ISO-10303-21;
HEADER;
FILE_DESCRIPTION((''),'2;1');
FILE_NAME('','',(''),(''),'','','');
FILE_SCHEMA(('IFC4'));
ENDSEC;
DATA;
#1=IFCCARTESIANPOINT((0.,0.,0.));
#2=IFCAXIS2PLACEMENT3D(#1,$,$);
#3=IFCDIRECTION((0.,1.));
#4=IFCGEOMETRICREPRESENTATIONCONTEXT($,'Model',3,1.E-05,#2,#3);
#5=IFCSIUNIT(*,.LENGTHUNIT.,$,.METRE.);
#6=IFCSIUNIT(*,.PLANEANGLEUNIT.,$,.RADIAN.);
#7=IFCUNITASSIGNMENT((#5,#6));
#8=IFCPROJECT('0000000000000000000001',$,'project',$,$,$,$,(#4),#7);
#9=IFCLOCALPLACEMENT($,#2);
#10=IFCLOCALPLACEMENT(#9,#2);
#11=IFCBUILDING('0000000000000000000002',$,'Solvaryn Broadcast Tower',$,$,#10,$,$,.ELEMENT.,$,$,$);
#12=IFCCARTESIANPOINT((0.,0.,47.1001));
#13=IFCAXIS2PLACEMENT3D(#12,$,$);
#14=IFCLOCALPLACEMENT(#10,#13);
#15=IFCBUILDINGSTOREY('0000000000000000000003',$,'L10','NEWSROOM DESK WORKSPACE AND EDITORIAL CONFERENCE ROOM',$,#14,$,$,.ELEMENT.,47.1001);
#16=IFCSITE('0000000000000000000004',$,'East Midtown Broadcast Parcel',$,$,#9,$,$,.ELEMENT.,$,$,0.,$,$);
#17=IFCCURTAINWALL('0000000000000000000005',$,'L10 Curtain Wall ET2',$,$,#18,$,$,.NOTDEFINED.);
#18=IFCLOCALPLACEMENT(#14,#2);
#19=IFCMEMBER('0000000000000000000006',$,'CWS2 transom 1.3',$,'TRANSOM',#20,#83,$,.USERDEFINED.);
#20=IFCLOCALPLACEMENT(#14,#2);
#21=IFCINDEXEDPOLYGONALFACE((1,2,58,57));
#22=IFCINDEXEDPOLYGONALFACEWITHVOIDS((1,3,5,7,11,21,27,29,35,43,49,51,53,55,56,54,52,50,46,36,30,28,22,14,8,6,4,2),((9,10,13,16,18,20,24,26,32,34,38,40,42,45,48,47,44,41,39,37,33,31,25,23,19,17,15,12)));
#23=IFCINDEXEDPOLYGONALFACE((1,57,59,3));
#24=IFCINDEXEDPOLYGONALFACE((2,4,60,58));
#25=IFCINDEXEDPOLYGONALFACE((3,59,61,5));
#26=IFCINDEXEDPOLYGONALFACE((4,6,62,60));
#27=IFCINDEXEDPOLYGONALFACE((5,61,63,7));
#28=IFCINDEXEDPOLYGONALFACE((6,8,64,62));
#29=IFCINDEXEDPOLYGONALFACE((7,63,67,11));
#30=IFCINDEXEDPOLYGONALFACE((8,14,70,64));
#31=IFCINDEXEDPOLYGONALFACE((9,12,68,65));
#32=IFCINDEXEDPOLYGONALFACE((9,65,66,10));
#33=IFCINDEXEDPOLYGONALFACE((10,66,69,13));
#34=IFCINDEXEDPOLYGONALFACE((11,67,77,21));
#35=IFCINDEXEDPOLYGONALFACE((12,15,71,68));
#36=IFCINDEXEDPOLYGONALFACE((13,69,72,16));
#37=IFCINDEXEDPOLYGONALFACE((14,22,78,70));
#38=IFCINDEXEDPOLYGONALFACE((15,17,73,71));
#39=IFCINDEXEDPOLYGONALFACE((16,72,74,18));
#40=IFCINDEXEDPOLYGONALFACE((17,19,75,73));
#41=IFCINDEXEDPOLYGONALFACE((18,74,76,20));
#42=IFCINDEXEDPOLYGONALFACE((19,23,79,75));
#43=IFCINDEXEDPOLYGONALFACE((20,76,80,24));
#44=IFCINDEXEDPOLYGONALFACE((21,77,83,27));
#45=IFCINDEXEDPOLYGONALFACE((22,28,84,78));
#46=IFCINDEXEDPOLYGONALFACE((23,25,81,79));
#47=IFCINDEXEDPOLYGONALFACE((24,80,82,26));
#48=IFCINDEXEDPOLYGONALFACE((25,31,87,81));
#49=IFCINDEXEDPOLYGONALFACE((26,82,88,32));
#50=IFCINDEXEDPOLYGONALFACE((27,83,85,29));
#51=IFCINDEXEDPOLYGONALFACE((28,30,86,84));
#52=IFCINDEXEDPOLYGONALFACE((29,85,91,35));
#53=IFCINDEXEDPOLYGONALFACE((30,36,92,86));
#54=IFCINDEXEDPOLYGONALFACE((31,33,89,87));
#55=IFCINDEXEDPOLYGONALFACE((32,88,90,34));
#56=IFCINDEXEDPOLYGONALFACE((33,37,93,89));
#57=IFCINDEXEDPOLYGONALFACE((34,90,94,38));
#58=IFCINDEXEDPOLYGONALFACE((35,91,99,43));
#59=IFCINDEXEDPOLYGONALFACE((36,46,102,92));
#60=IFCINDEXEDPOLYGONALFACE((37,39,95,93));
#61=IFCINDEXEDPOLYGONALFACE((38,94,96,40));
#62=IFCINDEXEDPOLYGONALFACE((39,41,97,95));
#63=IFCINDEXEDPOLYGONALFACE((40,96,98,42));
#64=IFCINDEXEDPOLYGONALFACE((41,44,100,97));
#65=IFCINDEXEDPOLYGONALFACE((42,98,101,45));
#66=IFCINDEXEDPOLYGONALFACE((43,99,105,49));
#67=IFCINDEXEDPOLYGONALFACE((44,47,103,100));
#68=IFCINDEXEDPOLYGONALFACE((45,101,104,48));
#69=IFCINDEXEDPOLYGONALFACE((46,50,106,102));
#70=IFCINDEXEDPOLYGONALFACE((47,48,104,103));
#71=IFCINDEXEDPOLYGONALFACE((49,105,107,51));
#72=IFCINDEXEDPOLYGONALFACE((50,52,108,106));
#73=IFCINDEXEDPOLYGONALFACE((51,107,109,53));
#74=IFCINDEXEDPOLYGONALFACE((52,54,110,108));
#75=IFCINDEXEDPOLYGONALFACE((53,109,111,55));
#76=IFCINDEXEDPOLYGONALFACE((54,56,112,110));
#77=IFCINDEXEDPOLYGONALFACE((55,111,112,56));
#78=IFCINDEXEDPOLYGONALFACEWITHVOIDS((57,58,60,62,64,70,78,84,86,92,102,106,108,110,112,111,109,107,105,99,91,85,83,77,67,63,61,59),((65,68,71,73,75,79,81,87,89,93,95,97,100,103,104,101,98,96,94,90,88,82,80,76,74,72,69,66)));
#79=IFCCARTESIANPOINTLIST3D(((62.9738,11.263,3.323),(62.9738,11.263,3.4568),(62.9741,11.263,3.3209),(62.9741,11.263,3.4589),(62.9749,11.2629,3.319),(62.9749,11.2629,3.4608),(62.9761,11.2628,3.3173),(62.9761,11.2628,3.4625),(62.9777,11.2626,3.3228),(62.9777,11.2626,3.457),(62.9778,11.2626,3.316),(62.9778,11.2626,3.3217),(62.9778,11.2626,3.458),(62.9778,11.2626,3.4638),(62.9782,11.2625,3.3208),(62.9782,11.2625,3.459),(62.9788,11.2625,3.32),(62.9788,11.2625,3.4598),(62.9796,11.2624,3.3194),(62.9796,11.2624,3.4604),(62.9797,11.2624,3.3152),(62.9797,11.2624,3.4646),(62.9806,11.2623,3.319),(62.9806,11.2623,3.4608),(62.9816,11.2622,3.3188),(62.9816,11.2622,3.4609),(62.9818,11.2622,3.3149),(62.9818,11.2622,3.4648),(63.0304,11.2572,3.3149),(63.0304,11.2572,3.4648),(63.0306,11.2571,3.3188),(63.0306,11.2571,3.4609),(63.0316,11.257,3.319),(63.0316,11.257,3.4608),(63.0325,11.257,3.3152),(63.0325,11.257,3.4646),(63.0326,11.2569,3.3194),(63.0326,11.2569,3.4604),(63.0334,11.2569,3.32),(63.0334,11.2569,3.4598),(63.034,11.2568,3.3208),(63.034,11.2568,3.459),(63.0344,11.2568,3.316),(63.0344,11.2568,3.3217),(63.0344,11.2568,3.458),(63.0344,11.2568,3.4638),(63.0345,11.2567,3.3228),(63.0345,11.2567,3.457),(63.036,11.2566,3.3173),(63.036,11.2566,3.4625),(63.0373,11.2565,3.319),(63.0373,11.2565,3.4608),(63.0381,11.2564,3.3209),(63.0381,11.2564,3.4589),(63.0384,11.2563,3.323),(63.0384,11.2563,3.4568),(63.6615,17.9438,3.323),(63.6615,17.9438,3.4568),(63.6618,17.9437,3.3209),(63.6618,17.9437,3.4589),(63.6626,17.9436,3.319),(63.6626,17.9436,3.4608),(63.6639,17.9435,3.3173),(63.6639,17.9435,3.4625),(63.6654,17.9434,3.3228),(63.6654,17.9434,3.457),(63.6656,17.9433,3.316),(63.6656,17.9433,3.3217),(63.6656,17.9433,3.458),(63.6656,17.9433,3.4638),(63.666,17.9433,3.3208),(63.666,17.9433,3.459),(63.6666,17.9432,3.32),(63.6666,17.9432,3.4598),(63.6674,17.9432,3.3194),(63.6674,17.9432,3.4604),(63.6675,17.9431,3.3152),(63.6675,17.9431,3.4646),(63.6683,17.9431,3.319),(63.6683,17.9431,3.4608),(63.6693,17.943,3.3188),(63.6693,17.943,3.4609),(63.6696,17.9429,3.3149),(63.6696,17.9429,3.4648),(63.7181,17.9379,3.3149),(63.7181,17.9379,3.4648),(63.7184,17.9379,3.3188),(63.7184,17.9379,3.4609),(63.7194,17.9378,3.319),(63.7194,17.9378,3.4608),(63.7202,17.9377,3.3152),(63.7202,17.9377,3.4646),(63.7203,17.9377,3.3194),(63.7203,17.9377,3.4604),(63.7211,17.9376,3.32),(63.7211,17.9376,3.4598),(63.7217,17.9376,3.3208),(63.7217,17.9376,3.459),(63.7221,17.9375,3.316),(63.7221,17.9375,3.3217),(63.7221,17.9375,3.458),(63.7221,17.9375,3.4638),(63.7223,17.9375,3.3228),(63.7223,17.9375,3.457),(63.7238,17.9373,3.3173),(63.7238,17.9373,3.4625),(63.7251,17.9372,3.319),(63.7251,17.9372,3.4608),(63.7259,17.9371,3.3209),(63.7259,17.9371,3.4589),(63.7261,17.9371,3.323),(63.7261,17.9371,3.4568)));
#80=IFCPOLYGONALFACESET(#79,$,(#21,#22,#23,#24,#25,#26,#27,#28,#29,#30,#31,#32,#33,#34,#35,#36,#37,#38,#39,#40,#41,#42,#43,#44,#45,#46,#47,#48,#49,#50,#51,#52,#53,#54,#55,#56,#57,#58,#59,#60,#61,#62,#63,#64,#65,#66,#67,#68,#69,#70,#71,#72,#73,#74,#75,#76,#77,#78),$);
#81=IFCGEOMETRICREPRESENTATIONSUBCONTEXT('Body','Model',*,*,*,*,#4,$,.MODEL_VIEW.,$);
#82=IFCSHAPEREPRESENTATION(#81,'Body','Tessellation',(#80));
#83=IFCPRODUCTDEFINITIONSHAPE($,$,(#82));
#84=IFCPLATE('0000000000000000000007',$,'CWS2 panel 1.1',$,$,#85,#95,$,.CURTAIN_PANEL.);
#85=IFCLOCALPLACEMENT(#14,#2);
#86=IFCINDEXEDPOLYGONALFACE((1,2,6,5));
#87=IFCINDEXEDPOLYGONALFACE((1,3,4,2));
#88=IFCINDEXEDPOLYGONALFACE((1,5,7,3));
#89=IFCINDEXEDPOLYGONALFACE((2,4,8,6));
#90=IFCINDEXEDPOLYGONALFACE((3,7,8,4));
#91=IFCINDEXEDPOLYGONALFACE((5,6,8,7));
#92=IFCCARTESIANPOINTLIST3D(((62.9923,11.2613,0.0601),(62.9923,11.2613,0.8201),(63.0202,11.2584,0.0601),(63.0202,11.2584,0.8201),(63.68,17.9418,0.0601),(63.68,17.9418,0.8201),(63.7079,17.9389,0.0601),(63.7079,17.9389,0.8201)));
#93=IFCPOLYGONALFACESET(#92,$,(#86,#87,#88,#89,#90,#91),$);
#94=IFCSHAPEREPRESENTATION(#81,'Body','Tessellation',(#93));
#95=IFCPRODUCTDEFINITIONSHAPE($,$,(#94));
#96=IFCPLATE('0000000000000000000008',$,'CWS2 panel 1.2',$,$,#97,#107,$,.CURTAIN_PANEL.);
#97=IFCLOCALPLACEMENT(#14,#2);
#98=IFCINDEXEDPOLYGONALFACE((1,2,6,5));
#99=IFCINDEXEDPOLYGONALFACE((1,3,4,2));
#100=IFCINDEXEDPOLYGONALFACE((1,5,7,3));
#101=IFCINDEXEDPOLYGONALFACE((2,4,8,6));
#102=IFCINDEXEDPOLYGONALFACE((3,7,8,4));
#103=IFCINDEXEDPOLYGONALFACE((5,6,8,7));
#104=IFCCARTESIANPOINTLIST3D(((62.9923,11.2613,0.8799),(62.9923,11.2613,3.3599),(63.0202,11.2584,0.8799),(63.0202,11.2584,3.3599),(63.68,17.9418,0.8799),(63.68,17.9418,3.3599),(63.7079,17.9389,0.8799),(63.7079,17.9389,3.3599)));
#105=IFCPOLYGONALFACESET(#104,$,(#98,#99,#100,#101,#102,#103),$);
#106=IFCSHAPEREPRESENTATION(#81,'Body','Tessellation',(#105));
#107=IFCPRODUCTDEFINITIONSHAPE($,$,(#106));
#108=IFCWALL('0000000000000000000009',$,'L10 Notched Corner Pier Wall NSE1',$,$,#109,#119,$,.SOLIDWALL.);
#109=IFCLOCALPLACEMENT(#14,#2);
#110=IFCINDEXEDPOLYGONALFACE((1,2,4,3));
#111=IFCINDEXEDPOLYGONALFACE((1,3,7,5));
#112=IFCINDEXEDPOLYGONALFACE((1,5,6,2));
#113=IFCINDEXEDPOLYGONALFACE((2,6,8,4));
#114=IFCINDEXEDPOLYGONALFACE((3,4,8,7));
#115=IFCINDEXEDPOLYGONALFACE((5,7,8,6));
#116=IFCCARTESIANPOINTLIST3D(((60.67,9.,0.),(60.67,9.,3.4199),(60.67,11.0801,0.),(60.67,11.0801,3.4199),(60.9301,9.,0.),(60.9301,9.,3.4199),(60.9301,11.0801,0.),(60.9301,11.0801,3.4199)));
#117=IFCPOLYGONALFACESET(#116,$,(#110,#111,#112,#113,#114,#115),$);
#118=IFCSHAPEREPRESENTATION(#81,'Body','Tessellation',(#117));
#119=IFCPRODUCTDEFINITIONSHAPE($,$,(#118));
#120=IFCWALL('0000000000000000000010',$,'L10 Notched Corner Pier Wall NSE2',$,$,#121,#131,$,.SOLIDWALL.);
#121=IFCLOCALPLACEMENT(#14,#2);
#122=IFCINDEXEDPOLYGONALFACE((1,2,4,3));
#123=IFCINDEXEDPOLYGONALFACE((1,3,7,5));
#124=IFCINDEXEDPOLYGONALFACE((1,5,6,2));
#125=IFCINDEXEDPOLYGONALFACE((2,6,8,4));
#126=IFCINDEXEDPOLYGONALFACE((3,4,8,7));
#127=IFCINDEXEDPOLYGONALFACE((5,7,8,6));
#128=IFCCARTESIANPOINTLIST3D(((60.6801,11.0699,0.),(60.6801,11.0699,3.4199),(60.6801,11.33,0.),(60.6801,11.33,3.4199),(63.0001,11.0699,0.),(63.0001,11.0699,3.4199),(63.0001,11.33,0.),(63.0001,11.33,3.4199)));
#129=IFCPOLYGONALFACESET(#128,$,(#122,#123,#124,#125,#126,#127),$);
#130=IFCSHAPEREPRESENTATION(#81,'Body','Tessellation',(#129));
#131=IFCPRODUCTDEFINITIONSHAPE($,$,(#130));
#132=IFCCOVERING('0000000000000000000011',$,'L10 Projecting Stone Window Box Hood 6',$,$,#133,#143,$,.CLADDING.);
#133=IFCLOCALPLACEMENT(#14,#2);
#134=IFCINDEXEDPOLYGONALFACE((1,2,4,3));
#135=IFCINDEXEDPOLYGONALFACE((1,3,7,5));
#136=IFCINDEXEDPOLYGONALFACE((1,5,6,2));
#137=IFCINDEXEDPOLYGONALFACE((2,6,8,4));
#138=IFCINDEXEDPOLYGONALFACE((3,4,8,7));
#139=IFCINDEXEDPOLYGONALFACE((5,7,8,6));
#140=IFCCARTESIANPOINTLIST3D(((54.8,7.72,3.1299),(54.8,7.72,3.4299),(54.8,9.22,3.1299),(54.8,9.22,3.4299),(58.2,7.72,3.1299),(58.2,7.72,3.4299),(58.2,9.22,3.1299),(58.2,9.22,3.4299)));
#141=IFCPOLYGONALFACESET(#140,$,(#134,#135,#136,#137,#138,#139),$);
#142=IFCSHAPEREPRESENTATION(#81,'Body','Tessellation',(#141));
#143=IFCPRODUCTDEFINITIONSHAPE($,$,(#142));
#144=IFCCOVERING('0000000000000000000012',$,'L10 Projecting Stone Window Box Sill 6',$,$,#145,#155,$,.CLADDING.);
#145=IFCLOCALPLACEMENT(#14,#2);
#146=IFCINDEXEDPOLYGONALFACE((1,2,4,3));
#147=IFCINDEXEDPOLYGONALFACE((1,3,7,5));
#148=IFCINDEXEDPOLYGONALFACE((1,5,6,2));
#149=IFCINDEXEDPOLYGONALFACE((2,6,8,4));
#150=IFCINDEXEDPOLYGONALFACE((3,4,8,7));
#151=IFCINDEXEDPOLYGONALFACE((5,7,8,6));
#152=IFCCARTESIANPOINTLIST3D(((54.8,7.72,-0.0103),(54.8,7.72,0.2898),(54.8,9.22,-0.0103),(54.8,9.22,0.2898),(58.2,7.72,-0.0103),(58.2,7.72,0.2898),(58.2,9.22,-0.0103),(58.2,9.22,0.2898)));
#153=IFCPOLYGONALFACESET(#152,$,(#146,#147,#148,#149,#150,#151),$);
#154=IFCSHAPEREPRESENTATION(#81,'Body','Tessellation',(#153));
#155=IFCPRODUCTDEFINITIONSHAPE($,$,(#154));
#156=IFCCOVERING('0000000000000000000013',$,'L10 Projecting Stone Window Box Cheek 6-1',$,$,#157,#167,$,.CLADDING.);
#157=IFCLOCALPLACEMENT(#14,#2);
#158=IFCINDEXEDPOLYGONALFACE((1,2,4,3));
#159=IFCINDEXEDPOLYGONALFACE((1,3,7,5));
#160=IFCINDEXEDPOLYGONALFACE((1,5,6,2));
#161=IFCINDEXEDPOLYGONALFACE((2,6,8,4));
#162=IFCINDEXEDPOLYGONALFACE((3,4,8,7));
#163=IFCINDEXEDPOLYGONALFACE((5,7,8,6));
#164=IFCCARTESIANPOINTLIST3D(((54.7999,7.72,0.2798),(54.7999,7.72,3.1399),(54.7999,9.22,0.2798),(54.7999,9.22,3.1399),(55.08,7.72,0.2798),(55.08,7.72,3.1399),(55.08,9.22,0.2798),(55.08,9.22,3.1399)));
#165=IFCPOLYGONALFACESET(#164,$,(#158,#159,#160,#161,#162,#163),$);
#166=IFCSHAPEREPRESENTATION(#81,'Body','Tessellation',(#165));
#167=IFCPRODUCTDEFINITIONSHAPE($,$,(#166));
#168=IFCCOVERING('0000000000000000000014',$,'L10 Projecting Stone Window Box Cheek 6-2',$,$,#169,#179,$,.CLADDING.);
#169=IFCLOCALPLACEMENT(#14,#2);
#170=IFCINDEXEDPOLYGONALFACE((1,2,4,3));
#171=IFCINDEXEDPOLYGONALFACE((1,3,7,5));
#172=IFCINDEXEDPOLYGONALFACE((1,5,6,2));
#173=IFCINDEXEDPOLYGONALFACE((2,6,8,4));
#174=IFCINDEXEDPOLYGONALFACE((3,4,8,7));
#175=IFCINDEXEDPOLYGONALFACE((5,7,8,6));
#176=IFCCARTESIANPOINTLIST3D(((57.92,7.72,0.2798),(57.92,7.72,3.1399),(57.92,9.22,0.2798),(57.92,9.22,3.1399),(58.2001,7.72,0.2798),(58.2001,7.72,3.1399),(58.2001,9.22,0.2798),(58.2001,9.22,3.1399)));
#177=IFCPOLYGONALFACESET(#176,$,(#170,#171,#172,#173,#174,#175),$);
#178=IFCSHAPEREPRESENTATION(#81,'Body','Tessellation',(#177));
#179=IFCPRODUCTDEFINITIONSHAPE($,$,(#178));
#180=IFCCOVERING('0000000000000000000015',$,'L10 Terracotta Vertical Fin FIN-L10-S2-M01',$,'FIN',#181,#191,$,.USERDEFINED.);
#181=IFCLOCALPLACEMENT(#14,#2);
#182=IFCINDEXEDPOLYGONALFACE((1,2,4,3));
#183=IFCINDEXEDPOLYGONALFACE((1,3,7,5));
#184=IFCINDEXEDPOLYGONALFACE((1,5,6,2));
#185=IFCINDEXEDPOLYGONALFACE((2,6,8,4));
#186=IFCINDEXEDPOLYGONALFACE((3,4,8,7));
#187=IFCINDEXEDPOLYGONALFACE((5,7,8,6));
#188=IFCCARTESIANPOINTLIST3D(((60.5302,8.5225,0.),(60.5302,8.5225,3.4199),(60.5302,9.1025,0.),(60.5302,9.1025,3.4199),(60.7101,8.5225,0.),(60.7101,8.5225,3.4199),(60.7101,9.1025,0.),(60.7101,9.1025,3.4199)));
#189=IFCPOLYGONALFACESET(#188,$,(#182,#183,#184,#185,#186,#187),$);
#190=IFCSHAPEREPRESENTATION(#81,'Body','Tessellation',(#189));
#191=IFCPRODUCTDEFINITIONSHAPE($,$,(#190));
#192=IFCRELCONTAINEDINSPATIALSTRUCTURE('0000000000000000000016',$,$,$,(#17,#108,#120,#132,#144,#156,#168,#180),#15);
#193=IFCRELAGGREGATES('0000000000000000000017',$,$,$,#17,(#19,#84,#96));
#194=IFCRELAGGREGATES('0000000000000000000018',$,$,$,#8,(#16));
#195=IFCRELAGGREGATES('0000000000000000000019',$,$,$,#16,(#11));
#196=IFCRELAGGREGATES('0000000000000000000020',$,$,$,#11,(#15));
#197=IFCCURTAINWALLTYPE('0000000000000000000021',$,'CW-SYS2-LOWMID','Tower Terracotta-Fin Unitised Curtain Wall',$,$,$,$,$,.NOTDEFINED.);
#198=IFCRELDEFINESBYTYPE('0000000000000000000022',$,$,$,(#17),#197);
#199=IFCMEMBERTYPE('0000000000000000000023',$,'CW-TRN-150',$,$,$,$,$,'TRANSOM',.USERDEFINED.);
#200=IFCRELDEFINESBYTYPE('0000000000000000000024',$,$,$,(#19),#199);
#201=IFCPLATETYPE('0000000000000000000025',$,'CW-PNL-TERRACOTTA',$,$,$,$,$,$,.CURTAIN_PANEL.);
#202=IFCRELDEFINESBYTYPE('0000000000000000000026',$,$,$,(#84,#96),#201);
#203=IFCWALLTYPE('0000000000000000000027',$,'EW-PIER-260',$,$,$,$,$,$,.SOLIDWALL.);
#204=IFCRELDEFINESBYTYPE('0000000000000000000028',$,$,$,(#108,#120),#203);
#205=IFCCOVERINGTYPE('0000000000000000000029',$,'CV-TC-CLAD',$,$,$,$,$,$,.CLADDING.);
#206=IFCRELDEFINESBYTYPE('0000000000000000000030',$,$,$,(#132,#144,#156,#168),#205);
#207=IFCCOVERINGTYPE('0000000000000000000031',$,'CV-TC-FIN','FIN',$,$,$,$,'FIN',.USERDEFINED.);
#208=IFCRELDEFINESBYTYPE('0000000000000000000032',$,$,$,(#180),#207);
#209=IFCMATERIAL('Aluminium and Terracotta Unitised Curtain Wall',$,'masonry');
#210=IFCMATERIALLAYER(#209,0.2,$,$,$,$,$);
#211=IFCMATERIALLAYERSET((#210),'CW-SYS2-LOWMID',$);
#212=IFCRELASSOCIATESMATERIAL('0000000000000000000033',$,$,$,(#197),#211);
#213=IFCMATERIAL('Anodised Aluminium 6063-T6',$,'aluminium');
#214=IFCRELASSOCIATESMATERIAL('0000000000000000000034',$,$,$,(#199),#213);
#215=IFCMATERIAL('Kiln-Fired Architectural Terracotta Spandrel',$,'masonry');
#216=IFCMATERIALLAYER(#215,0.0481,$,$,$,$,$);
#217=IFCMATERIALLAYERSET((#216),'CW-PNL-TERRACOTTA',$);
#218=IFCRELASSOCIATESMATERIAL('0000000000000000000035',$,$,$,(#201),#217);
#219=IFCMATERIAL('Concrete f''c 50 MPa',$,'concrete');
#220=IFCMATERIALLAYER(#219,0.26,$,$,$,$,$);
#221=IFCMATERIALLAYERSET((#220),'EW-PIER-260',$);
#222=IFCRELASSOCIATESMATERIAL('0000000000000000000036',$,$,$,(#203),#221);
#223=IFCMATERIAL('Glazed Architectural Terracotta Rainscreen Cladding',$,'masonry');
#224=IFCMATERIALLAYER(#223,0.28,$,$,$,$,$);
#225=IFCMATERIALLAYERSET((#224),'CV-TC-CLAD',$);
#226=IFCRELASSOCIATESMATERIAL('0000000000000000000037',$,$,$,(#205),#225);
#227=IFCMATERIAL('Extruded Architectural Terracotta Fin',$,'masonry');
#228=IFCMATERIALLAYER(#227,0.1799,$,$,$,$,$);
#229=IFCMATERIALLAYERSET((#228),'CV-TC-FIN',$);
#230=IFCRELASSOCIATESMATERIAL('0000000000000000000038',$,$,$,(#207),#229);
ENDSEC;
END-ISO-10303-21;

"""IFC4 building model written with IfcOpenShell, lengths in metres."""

from ifc_helpers import new_model, si_unit, direction, frame, frame_2d, origin, origin_2d, place, context, subcontext, project, spatial, rectangle, hollow_rectangle, extrude, material, layer, layer_set, material_profile, profile_set, type_object, element, aggregate, save


model = new_model("IFC4")

# Units and contexts
model_context = context("Model", 3, precision=1e-05, world=origin(), true_north=direction((0.0, 1.0)))
body_context = subcontext(model_context, "Body", "Model", "MODEL_VIEW")
ifc_project = project(units=[si_unit("LENGTHUNIT", "METRE"), si_unit("PLANEANGLEUNIT", "RADIAN")], contexts=[model_context])

# Site, building, storey
site_placement = place(None, origin())
site = spatial("IfcSite", under=ifc_project, at=site_placement, Name="East Midtown Broadcast Parcel", CompositionType="ELEMENT", RefElevation=0.0)
building_placement = place(site_placement, origin())
building = spatial("IfcBuilding", under=site, at=building_placement, Name="Solvaryn Broadcast Tower", CompositionType="ELEMENT")
storey_placement = place(building_placement, frame((0.0, 0.0, 47.1001)))
storey = spatial("IfcBuildingStorey", under=building, at=storey_placement, Name="L10", Description="NEWSROOM DESK WORKSPACE AND EDITORIAL CONFERENCE ROOM", CompositionType="ELEMENT", Elevation=47.1001)

# Shared definitions
ifc_material_1 = material(Name="Aluminium and Terracotta Unitised Curtain Wall", Category="masonry")
ifc_layer_1 = layer(ifc_material_1, 0.2)
ifc_layer_set_1 = layer_set([ifc_layer_1], Name="CW-SYS2-LOWMID")
curtain_wall_type = type_object("IfcCurtainWallType", Name="CW-SYS2-LOWMID", Description="Tower Terracotta-Fin Unitised Curtain Wall", PredefinedType="NOTDEFINED", material=ifc_layer_set_1)

# Curtain wall, member, plates
curtain_wall_1_placement = place(storey_placement, origin())
curtain_wall_1 = element("IfcCurtainWall", 1, at=curtain_wall_1_placement, inside=storey, type_object=curtain_wall_type, Name="L10 Curtain Wall ET2", PredefinedType="NOTDEFINED")
ifc_material_2 = material(Name="Anodised Aluminium 6063-T6", Category="aluminium")
ifc_material_profile_1 = material_profile(ifc_material_2, hollow_rectangle(XDim=0.0649, YDim=0.1499, WallThickness=0.0039, InnerFilletRadius=0.0039, OuterFilletRadius=0.0081, at=origin_2d()))
ifc_profile_set_1 = profile_set([ifc_material_profile_1], Name="Anodised Aluminium 6063-T6")
member_type_1 = type_object("IfcMemberType", Name="CW-TRN-150", ElementType="TRANSOM", PredefinedType="USERDEFINED", material=ifc_profile_set_1)
member_1_placement = place(storey_placement, frame((63.6938, 17.9404, 3.3899), z_axis=(-0.102404, -0.994743, 0.0), x_axis=(0.994743, -0.102404, 0.0)))
member_1 = element("IfcMember", 2, at=member_1_placement, type_object=member_type_1, Name="CWS2 transom 1.3", ObjectType="TRANSOM", PredefinedType="USERDEFINED", context=body_context, shape_type="SweptSolid", body=[
    extrude(hollow_rectangle(XDim=0.0649, YDim=0.1499, WallThickness=0.0039, InnerFilletRadius=0.0039, OuterFilletRadius=0.0081, at=origin_2d()), origin(), (0.0, 0.0, 1.0), 6.7161),
])
ifc_material_3 = material(Name="Kiln-Fired Architectural Terracotta Spandrel", Category="masonry")
ifc_layer_2 = layer(ifc_material_3, 0.0481)
ifc_layer_set_2 = layer_set([ifc_layer_2], Name="CW-PNL-TERRACOTTA")
plate_type = type_object("IfcPlateType", Name="CW-PNL-TERRACOTTA", PredefinedType="CURTAIN_PANEL", material=ifc_layer_set_2)
plate_1_placement = place(storey_placement, frame((63.3501, 14.6001, 0.0601), z_axis=(0.0, 0.0, 1.0), x_axis=(-0.1024, -0.994743, 0.0)))
plate_1 = element("IfcPlate", 3, at=plate_1_placement, type_object=plate_type, Name="CWS2 panel 1.1", PredefinedType="CURTAIN_PANEL", context=body_context, shape_type="SweptSolid", body=[
    extrude(rectangle(XDim=6.7158, YDim=0.0281, at=origin_2d()), origin(), (0.0, 0.0, 1.0), 0.76),
])
plate_2_placement = place(storey_placement, frame((63.3501, 14.6001, 0.8799), z_axis=(0.0, 0.0, 1.0), x_axis=(-0.1024, -0.994743, 0.0)))
plate_2 = element("IfcPlate", 4, at=plate_2_placement, type_object=plate_type, Name="CWS2 panel 1.2", PredefinedType="CURTAIN_PANEL", context=body_context, shape_type="SweptSolid", body=[
    extrude(rectangle(XDim=6.7158, YDim=0.0281, at=origin_2d()), origin(), (0.0, 0.0, 1.0), 2.48),
])
aggregate(curtain_wall_1, [member_1, plate_1, plate_2])

# Walls
ifc_material_4 = material(Name="Concrete f'c 50 MPa", Category="concrete")
ifc_layer_3 = layer(ifc_material_4, 0.26)
ifc_layer_set_3 = layer_set([ifc_layer_3], Name="EW-PIER-260")
wall_type = type_object("IfcWallType", Name="EW-PIER-260", PredefinedType="SOLIDWALL", material=ifc_layer_set_3)
wall_1_placement = place(storey_placement, frame((60.8, 9.0, 0.0), z_axis=(0.0, 0.0, 1.0), x_axis=(0.0, 1.0, 0.0)))
element("IfcWall", 5, at=wall_1_placement, inside=storey, type_object=wall_type, Name="L10 Notched Corner Pier Wall NSE1", PredefinedType="SOLIDWALL", context=body_context, shape_type="SweptSolid", body=[
    extrude(rectangle(XDim=2.0801, YDim=0.26, at=frame_2d((1.04, 0.0))), origin(), (0.0, 0.0, 1.0), 3.4199),
])
wall_2_placement = place(storey_placement, frame((60.6799, 11.2, 0.0), z_axis=(0.0, 0.0, 1.0), x_axis=(1.0, 0.0, 0.0)))
element("IfcWall", 6, at=wall_2_placement, inside=storey, type_object=wall_type, Name="L10 Notched Corner Pier Wall NSE2", PredefinedType="SOLIDWALL", context=body_context, shape_type="SweptSolid", body=[
    extrude(rectangle(XDim=2.3201, YDim=0.26, at=frame_2d((1.1602, 0.0))), origin(), (0.0, 0.0, 1.0), 3.4199),
])

# Coverings
ifc_material_5 = material(Name="Glazed Architectural Terracotta Rainscreen Cladding", Category="masonry")
ifc_layer_4 = layer(ifc_material_5, 0.28)
ifc_layer_set_4 = layer_set([ifc_layer_4], Name="CV-TC-CLAD")
covering_type_1 = type_object("IfcCoveringType", Name="CV-TC-CLAD", PredefinedType="CLADDING", material=ifc_layer_set_4)
for number, where, z_axis, x_axis, name in (
    (7, (56.5, 8.47, 3.1299), (0.0, 0.0, 1.0), (1.0, 0.0, 0.0), "L10 Projecting Stone Window Box Hood 6"),
    (8, (56.5, 8.47, -0.0103), (0.0, 0.0, 1.0), (1.0, 0.0, 0.0), "L10 Projecting Stone Window Box Sill 6"),
):
    element("IfcCovering", number, at=place(storey_placement, frame(where, z_axis=z_axis, x_axis=x_axis)), inside=storey, type_object=covering_type_1, Name=name, PredefinedType="CLADDING", context=body_context, shape_type="SweptSolid", body=[
        extrude(rectangle(XDim=3.3999, YDim=1.5, at=origin_2d()), origin(), (0.0, 0.0, 1.0), 0.3),
    ])
for number, where, z_axis, x_axis, name in (
    (9, (54.9399, 8.47, 0.2798), (0.0, 0.0, 1.0), (1.0, 0.0, 0.0), "L10 Projecting Stone Window Box Cheek 6-1"),
    (10, (58.0601, 8.47, 0.2798), (0.0, 0.0, 1.0), (1.0, 0.0, 0.0), "L10 Projecting Stone Window Box Cheek 6-2"),
):
    element("IfcCovering", number, at=place(storey_placement, frame(where, z_axis=z_axis, x_axis=x_axis)), inside=storey, type_object=covering_type_1, Name=name, PredefinedType="CLADDING", context=body_context, shape_type="SweptSolid", body=[
        extrude(rectangle(XDim=0.28, YDim=1.5, at=origin_2d()), origin(), (0.0, 0.0, 1.0), 2.8601),
    ])
ifc_material_6 = material(Name="Extruded Architectural Terracotta Fin", Category="masonry")
ifc_layer_5 = layer(ifc_material_6, 0.1799)
ifc_layer_set_5 = layer_set([ifc_layer_5], Name="CV-TC-FIN")
covering_type_2 = type_object("IfcCoveringType", Name="CV-TC-FIN", Description="FIN", ElementType="FIN", PredefinedType="USERDEFINED", material=ifc_layer_set_5)
covering_placement = place(storey_placement, frame((60.6201, 8.8125, 0.0), z_axis=(0.0, 0.0, 1.0), x_axis=(1.0, 0.0, 0.0)))
element("IfcCovering", 11, at=covering_placement, inside=storey, type_object=covering_type_2, Name="L10 Terracotta Vertical Fin FIN-L10-S2-M01", ObjectType="FIN", PredefinedType="USERDEFINED", context=body_context, shape_type="SweptSolid", body=[
    extrude(rectangle(XDim=0.1799, YDim=0.5801, at=origin_2d()), origin(), (0.0, 0.0, 1.0), 3.4199),
])

save(model, "model.ifc")
